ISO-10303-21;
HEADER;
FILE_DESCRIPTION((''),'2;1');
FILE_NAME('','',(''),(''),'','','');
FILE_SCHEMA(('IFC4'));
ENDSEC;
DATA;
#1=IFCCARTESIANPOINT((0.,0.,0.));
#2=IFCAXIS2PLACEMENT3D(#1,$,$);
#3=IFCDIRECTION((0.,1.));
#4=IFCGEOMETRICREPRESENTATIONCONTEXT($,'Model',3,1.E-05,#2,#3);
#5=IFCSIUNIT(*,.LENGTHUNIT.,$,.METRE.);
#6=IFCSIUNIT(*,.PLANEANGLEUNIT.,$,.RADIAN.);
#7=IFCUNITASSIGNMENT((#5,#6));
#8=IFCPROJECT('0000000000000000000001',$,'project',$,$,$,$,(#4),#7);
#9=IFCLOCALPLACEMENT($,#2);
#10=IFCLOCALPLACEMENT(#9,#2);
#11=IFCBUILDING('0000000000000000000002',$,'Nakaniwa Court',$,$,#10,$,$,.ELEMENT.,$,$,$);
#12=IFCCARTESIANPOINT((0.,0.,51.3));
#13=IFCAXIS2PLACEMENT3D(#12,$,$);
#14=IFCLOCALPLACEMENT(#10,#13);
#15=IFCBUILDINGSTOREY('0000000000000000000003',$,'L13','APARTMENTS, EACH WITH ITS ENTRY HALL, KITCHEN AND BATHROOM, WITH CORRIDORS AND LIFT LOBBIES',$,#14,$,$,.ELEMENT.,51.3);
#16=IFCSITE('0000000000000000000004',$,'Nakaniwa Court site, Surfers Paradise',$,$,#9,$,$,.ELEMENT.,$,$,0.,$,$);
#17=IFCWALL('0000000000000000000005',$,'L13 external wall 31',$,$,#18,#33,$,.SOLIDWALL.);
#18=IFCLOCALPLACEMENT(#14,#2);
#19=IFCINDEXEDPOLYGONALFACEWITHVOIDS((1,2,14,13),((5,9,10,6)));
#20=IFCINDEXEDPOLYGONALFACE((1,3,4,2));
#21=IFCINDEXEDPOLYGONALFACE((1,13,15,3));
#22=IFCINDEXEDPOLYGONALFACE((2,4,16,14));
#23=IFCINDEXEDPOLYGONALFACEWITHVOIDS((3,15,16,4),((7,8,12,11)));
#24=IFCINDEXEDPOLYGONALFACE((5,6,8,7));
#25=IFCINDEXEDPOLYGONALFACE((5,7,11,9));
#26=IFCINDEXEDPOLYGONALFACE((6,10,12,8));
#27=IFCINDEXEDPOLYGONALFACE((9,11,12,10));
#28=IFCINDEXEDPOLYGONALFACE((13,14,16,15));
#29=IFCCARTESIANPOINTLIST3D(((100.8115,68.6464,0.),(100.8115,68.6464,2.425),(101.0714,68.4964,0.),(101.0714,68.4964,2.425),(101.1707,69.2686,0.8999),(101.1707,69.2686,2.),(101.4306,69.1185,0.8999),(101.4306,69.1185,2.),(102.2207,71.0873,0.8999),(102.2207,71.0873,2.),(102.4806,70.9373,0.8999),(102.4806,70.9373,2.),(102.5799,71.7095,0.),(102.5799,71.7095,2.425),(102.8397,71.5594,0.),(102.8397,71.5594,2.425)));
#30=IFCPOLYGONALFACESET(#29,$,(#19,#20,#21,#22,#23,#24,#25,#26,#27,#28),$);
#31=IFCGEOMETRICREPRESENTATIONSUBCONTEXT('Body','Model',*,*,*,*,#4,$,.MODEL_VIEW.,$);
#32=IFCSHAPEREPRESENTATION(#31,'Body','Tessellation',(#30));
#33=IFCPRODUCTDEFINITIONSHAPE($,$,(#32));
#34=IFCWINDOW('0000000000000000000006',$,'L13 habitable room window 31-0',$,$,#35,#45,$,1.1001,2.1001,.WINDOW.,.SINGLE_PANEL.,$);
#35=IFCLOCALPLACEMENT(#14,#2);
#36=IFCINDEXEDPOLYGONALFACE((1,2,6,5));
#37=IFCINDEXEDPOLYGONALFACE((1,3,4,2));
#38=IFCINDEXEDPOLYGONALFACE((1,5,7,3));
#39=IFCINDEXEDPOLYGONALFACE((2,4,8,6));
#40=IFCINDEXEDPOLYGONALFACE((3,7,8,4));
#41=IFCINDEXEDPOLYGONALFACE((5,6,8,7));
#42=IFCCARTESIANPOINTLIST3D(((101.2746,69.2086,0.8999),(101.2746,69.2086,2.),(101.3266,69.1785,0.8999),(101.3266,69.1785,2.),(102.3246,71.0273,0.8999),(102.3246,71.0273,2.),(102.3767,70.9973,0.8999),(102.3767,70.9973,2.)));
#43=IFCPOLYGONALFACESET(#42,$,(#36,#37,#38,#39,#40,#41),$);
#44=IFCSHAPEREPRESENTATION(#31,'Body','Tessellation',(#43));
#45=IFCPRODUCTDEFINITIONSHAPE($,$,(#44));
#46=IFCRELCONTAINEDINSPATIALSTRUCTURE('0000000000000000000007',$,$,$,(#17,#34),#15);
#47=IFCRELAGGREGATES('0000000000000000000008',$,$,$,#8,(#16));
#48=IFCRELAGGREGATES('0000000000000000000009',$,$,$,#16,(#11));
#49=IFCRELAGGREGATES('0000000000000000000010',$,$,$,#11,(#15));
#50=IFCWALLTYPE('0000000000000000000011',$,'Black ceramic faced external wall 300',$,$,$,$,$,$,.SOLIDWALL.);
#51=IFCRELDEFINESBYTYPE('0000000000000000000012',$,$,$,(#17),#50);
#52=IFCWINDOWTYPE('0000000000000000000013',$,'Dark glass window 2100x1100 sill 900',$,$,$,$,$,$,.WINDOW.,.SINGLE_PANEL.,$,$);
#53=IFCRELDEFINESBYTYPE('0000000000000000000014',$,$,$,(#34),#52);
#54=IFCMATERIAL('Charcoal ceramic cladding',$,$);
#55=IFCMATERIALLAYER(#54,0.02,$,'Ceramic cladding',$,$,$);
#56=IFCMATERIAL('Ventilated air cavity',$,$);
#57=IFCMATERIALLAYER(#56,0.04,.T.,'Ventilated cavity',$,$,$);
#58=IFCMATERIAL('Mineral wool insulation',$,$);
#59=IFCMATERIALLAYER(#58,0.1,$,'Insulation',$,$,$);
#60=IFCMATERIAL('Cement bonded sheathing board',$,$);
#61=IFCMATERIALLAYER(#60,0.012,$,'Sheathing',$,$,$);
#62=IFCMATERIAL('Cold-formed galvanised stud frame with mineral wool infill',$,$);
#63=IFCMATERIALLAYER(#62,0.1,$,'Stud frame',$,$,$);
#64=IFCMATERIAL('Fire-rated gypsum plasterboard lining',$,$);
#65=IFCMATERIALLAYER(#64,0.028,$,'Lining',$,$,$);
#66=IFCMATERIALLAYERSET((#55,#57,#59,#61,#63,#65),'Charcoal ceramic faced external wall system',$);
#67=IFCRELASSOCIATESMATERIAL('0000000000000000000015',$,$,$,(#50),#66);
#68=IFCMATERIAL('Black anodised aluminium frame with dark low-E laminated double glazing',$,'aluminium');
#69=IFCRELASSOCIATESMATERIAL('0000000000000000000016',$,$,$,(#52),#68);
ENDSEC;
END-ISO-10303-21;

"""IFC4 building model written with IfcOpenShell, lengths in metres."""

from ifc_helpers import new_model, si_unit, direction, frame, frame_2d, origin, place, context, subcontext, project, spatial, rectangle, extrude, material, layer, layer_set, type_object, element, fill, save


model = new_model("IFC4")

# Units and contexts
model_context = context("Model", 3, precision=1e-05, world=origin(), true_north=direction((0.0, 1.0)))
body_context = subcontext(model_context, "Body", "Model", "MODEL_VIEW")
ifc_project = project(units=[si_unit("LENGTHUNIT", "METRE"), si_unit("PLANEANGLEUNIT", "RADIAN")], contexts=[model_context])

# Site, building, storey
site_placement = place(None, origin())
site = spatial("IfcSite", under=ifc_project, at=site_placement, Name="Nakaniwa Court site, Surfers Paradise", CompositionType="ELEMENT", RefElevation=0.0)
building_placement = place(site_placement, origin())
building = spatial("IfcBuilding", under=site, at=building_placement, Name="Nakaniwa Court", CompositionType="ELEMENT")
storey_placement = place(building_placement, frame((0.0, 0.0, 51.3)))
storey = spatial("IfcBuildingStorey", under=building, at=storey_placement, Name="L13", Description="APARTMENTS, EACH WITH ITS ENTRY HALL, KITCHEN AND BATHROOM, WITH CORRIDORS AND LIFT LOBBIES", CompositionType="ELEMENT", Elevation=51.3)

# Wall, opening, window
ifc_material_1 = material(Name="Charcoal ceramic cladding")
ifc_layer_1 = layer(ifc_material_1, 0.02, Name="Ceramic cladding")
ifc_material_2 = material(Name="Ventilated air cavity")
ifc_layer_2 = layer(ifc_material_2, 0.04, ventilated=True, Name="Ventilated cavity")
ifc_material_3 = material(Name="Mineral wool insulation")
ifc_layer_3 = layer(ifc_material_3, 0.1, Name="Insulation")
ifc_material_4 = material(Name="Cement bonded sheathing board")
ifc_layer_4 = layer(ifc_material_4, 0.012, Name="Sheathing")
ifc_material_5 = material(Name="Cold-formed galvanised stud frame with mineral wool infill")
ifc_layer_5 = layer(ifc_material_5, 0.1, Name="Stud frame")
ifc_material_6 = material(Name="Fire-rated gypsum plasterboard lining")
ifc_layer_6 = layer(ifc_material_6, 0.028, Name="Lining")
ifc_layer_set_1 = layer_set([ifc_layer_1, ifc_layer_2, ifc_layer_3, ifc_layer_4, ifc_layer_5, ifc_layer_6], Name="Charcoal ceramic faced external wall system")
wall_type_1 = type_object("IfcWallType", Name="Black ceramic faced external wall 300", PredefinedType="SOLIDWALL", material=ifc_layer_set_1)
ifc_material_7 = material(Name="Black anodised aluminium frame with dark low-E laminated double glazing", Category="aluminium")
window_type_1 = type_object("IfcWindowType", Name="Dark glass window 2100x1100 sill 900", PartitioningType="SINGLE_PANEL", PredefinedType="WINDOW", material=ifc_material_7)
wall_1_placement = place(storey_placement, frame((100.9414, 68.5713, 0.0), z_axis=(0.0, 0.0, 1.0), x_axis=(0.499977, 0.866038, 0.0)))
wall_1 = element("IfcWall", 1, at=wall_1_placement, inside=storey, type_object=wall_type_1, Name="L13 external wall 31", PredefinedType="SOLIDWALL", context=body_context, shape_type="SweptSolid", body=[
    extrude(rectangle(XDim=3.5369, YDim=0.3, at=frame_2d((1.7686, 0.0))), origin(), (0.0, 0.0, 1.0), 2.425),
])
opening_1_placement = place(wall_1_placement, frame((0.7185, 0.0, 0.8999)))
opening_1 = element("IfcOpeningElement", 2, at=opening_1_placement, cuts=wall_1, PredefinedType="OPENING", context=body_context, shape_type="SweptSolid", body=[
    extrude(rectangle(XDim=2.1001, YDim=1.1001, at=frame_2d((1.05, 0.55))), frame((0.0, 0.1599, 0.0), z_axis=(0.0, -1.0, 0.0), x_axis=(1.0, 0.0, 0.0)), (0.0, 0.0, 1.0), 0.3201),
])
window_1_placement = place(opening_1_placement, origin())
window_1 = element("IfcWindow", 3, at=window_1_placement, inside=storey, type_object=window_type_1, Name="L13 habitable room window 31-0", OverallHeight=1.1001, OverallWidth=2.1001, PartitioningType="SINGLE_PANEL", PredefinedType="WINDOW", context=body_context, shape_type="SweptSolid", body=[
    extrude(rectangle(XDim=2.1001, YDim=1.1001, at=frame_2d((1.05, 0.55))), frame((0.0, 0.03, 0.0), z_axis=(0.0, -1.0, 0.0), x_axis=(1.0, 0.0, 0.0)), (0.0, 0.0, 1.0), 0.0601),
])
fill(opening_1, window_1)

save(model, "model.ifc")
